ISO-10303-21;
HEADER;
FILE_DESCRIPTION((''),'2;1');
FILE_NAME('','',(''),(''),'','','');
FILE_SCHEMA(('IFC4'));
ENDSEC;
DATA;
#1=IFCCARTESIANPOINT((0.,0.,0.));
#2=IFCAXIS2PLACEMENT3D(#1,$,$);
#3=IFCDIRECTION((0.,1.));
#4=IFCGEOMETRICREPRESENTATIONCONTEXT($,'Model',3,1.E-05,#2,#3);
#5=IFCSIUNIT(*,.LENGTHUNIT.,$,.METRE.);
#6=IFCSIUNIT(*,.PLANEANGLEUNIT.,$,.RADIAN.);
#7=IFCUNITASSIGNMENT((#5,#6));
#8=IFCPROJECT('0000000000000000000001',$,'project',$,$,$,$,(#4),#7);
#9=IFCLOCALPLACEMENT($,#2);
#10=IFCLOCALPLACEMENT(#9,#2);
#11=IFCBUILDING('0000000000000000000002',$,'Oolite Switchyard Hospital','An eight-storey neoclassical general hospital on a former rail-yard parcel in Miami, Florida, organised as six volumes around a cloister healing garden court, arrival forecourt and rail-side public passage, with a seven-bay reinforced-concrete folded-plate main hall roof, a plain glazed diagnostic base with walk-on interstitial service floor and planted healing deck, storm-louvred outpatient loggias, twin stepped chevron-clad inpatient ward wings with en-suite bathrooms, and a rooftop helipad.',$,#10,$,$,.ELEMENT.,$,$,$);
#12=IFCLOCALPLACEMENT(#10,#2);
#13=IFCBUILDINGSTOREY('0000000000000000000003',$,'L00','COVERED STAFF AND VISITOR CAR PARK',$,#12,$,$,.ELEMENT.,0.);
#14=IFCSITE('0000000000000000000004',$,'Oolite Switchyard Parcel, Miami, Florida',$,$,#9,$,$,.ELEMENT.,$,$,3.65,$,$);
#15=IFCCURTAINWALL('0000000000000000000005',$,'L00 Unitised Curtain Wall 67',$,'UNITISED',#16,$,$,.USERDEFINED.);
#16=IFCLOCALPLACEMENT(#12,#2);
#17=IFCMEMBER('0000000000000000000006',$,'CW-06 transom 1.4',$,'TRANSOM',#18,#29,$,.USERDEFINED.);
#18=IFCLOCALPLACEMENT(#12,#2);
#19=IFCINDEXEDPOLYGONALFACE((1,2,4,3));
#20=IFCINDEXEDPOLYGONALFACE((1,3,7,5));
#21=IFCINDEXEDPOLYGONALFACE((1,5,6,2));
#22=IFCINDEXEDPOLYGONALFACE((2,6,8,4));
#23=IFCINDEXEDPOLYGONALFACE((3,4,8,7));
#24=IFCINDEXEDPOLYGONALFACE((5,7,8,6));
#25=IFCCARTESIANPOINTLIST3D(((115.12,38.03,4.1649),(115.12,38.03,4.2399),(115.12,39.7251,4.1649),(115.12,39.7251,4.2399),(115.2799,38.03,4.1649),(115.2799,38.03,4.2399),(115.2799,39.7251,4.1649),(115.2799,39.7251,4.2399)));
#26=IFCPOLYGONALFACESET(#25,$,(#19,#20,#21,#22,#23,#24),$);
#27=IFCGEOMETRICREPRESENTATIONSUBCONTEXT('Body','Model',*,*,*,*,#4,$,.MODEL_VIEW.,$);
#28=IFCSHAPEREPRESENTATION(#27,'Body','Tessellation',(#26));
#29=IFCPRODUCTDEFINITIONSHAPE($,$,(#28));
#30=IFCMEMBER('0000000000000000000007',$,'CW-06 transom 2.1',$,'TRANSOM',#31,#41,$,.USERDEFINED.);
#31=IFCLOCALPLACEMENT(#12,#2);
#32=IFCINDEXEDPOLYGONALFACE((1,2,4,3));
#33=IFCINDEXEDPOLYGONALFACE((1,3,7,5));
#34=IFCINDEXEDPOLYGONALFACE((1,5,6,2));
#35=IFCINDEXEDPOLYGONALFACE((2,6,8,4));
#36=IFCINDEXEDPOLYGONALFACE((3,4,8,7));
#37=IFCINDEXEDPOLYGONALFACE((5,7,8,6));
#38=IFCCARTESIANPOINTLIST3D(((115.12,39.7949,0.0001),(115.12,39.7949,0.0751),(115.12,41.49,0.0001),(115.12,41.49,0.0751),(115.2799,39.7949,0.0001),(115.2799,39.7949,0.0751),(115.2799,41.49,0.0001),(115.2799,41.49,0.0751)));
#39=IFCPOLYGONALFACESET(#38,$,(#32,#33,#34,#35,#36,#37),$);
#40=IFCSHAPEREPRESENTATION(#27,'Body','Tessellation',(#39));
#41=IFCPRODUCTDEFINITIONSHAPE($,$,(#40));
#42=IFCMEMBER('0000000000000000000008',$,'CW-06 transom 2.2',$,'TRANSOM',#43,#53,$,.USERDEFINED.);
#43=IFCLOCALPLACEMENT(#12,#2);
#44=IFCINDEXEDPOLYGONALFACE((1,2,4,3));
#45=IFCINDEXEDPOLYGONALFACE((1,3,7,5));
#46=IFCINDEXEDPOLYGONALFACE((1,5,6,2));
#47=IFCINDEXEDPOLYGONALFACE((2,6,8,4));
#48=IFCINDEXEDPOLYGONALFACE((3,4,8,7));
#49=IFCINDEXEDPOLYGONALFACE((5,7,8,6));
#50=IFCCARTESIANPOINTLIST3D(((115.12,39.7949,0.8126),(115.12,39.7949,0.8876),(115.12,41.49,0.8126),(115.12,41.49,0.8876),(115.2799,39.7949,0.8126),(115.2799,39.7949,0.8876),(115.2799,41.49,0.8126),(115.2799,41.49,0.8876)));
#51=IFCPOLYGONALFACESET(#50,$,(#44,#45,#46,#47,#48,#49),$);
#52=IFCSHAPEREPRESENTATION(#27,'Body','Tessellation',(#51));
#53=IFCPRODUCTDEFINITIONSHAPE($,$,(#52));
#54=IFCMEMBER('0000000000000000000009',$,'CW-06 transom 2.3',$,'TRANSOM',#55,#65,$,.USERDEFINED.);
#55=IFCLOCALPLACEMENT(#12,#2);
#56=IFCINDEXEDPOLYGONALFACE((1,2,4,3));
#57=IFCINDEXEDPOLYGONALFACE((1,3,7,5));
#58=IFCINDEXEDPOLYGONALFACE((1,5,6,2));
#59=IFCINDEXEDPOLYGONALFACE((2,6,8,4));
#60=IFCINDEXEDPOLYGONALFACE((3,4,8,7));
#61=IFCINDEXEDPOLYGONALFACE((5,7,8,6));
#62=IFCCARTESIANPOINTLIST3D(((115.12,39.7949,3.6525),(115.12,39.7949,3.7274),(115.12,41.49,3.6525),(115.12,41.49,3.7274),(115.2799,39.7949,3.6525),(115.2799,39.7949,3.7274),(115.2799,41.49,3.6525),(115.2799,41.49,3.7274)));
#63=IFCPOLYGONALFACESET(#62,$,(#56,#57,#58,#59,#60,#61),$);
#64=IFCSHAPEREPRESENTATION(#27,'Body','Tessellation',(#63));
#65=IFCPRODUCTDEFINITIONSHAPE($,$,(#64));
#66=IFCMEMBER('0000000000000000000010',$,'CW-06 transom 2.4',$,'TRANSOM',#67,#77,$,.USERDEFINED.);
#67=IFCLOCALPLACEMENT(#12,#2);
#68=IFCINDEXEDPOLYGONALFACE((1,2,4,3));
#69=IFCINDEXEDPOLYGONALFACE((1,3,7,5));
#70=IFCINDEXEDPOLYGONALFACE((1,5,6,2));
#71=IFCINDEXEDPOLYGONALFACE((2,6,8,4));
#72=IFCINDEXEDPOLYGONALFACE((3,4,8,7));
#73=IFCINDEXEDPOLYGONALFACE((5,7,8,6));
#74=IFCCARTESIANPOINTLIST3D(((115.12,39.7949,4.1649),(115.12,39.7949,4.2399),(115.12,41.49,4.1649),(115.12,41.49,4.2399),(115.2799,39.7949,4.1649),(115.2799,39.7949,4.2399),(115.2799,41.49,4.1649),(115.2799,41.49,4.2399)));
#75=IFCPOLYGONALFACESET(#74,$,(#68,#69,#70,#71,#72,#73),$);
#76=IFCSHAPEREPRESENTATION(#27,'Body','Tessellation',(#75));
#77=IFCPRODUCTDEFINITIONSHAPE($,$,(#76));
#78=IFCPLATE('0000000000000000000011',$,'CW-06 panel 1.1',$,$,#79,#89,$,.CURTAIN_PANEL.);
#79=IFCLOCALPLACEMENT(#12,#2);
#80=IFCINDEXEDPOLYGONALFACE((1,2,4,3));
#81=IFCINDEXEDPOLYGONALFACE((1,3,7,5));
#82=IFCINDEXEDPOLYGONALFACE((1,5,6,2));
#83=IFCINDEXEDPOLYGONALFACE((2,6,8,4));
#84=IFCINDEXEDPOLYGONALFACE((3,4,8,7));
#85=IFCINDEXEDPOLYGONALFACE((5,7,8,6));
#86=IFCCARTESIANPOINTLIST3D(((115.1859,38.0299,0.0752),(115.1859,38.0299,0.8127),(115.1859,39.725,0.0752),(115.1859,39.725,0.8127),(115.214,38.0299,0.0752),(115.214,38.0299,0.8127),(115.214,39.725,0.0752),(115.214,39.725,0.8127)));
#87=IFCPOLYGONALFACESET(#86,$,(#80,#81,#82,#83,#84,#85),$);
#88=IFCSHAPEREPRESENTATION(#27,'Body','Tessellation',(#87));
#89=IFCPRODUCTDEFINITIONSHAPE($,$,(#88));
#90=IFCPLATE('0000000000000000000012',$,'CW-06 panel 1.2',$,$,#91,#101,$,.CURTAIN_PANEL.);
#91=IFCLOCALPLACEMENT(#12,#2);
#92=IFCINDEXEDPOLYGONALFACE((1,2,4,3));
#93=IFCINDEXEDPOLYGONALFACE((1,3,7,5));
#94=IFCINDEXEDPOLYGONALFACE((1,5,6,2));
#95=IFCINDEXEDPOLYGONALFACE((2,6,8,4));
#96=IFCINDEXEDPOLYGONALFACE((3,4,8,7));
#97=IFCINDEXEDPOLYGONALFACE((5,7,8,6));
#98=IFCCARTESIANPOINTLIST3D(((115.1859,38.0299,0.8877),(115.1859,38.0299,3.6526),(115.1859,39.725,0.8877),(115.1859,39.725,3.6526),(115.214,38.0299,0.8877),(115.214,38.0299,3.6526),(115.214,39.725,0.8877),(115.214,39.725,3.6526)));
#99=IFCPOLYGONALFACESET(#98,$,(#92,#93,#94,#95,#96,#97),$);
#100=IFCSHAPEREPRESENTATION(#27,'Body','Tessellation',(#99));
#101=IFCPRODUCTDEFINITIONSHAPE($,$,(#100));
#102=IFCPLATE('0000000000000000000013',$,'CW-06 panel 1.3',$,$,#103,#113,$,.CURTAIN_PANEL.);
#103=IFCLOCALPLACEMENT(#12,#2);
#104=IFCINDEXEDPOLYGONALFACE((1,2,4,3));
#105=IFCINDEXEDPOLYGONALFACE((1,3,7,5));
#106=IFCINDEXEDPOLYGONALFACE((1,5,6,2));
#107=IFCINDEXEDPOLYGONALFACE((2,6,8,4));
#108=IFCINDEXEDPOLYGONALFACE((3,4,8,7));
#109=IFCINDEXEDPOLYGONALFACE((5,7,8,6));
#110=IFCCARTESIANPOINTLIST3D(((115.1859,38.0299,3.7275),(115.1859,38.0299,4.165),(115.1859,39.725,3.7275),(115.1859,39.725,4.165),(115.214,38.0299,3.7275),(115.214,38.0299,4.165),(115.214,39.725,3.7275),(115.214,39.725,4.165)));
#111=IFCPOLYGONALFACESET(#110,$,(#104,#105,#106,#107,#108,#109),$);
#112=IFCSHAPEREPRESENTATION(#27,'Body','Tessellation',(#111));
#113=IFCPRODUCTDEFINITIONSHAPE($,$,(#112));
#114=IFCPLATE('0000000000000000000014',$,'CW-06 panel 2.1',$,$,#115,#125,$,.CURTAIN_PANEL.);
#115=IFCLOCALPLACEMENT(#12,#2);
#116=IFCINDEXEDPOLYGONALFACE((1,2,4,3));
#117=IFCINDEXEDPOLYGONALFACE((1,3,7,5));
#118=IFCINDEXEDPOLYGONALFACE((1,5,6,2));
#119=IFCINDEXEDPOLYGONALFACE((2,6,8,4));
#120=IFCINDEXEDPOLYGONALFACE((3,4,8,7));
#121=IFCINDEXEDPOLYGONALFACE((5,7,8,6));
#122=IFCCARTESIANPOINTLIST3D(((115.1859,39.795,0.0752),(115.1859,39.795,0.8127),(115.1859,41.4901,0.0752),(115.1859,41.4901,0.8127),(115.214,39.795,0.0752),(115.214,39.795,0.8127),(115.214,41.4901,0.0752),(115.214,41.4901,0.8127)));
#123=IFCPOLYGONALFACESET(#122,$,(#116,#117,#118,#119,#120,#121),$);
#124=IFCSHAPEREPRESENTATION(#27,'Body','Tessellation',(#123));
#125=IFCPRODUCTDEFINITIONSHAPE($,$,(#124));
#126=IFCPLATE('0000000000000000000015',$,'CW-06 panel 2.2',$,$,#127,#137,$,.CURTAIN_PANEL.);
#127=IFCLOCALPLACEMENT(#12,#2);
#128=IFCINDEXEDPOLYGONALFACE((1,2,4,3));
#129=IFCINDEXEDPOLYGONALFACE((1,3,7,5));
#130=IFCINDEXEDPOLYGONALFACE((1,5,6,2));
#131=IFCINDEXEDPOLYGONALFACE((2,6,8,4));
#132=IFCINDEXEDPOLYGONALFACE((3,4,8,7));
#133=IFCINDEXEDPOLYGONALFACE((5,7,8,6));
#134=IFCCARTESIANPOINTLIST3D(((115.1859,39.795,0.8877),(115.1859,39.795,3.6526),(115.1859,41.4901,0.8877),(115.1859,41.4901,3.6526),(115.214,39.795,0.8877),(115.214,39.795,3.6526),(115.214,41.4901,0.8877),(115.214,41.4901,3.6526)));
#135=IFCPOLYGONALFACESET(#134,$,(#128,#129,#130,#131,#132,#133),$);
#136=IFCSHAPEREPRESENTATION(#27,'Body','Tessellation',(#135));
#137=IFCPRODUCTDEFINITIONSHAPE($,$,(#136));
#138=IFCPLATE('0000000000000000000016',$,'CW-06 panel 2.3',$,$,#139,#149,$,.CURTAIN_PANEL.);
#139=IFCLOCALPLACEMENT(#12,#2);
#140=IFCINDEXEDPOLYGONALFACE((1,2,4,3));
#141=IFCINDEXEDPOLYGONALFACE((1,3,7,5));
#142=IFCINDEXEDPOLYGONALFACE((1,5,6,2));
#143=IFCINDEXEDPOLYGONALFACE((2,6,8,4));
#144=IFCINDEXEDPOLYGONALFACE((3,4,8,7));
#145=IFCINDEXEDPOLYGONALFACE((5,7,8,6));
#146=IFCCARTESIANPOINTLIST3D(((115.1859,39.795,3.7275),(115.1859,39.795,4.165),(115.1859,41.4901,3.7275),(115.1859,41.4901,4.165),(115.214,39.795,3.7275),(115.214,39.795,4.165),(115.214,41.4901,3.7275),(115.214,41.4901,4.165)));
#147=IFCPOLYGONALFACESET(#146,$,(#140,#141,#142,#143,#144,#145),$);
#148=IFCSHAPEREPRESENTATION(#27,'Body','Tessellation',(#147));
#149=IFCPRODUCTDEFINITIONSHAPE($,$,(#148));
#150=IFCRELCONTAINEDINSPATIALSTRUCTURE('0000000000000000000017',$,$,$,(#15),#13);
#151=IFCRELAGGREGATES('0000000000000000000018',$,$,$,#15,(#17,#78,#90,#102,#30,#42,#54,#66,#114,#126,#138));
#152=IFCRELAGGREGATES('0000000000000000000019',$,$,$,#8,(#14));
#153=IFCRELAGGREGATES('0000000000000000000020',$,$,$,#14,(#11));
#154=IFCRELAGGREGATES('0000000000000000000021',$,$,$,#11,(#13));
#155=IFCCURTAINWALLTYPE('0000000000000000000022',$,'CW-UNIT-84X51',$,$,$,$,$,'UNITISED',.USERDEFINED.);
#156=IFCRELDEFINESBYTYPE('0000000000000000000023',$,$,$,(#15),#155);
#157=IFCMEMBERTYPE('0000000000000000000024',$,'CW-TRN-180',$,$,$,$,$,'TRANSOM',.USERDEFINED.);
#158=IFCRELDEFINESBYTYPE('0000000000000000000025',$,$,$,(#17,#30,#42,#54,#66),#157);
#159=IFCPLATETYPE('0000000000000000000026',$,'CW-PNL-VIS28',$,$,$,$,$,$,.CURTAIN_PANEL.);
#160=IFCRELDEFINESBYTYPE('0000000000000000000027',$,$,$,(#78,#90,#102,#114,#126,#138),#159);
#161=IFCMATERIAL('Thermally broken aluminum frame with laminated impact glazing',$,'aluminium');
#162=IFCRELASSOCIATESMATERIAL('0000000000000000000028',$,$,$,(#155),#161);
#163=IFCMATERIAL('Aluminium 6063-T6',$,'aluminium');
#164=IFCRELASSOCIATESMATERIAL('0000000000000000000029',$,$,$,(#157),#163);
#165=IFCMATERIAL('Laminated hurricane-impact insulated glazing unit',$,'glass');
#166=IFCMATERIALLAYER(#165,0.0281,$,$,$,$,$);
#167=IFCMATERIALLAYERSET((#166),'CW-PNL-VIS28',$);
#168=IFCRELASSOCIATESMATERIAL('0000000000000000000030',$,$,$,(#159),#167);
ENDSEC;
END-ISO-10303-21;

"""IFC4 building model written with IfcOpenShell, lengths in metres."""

from ifc_helpers import new_model, si_unit, direction, frame, origin, origin_2d, place, context, subcontext, project, spatial, rectangle, extrude, material, layer, layer_set, material_profile, profile_set, type_object, element, aggregate, save


model = new_model("IFC4")

# Units and contexts
model_context = context("Model", 3, precision=1e-05, world=origin(), true_north=direction((0.0, 1.0)))
body_context = subcontext(model_context, "Body", "Model", "MODEL_VIEW")
ifc_project = project(units=[si_unit("LENGTHUNIT", "METRE"), si_unit("PLANEANGLEUNIT", "RADIAN")], contexts=[model_context])

# Site, building, storey
site_placement = place(None, origin())
site = spatial("IfcSite", under=ifc_project, at=site_placement, Name="Oolite Switchyard Parcel, Miami, Florida", CompositionType="ELEMENT", RefElevation=3.65)
building_placement = place(site_placement, origin())
building = spatial("IfcBuilding", under=site, at=building_placement, Name="Oolite Switchyard Hospital", Description="An eight-storey neoclassical general hospital on a former rail-yard parcel in Miami, Florida, organised as six volumes around a cloister healing garden court, arrival forecourt and rail-side public passage, with a seven-bay reinforced-concrete folded-plate main hall roof, a plain glazed diagnostic base with walk-on interstitial service floor and planted healing deck, storm-louvred outpatient loggias, twin stepped chevron-clad inpatient ward wings with en-suite bathrooms, and a rooftop helipad.", CompositionType="ELEMENT")
storey_placement = place(building_placement, origin())
storey = spatial("IfcBuildingStorey", under=building, at=storey_placement, Name="L00", Description="COVERED STAFF AND VISITOR CAR PARK", CompositionType="ELEMENT", Elevation=0.0)

# Curtain wall, members, plates
ifc_material_1 = material(Name="Thermally broken aluminum frame with laminated impact glazing", Category="aluminium")
curtain_wall_type = type_object("IfcCurtainWallType", Name="CW-UNIT-84X51", ElementType="UNITISED", PredefinedType="USERDEFINED", material=ifc_material_1)
curtain_wall_placement = place(storey_placement, origin())
curtain_wall = element("IfcCurtainWall", 1, at=curtain_wall_placement, inside=storey, type_object=curtain_wall_type, Name="L00 Unitised Curtain Wall 67", ObjectType="UNITISED", PredefinedType="USERDEFINED")
ifc_material_2 = material(Name="Aluminium 6063-T6", Category="aluminium")
ifc_material_profile_1 = material_profile(ifc_material_2, rectangle(XDim=0.1599, YDim=0.075, at=origin_2d()), Name="CWT75X160")
ifc_profile_set_1 = profile_set([ifc_material_profile_1], Name="Aluminium 6063-T6")
member_type_1 = type_object("IfcMemberType", Name="CW-TRN-180", ElementType="TRANSOM", PredefinedType="USERDEFINED", material=ifc_profile_set_1)
member_1_placement = place(storey_placement, frame((115.2, 38.03, 4.2024), z_axis=(0.0, 1.0, 0.0), x_axis=(-1.0, 0.0, 0.0)))
member_1 = element("IfcMember", 2, at=member_1_placement, type_object=member_type_1, Name="CW-06 transom 1.4", ObjectType="TRANSOM", PredefinedType="USERDEFINED", context=body_context, shape_type="SweptSolid", body=[
    extrude(rectangle(XDim=0.1599, YDim=0.075, at=origin_2d()), origin(), (0.0, 0.0, 1.0), 1.6951),
])
member_2_placement = place(storey_placement, frame((115.2, 39.7949, 0.0376), z_axis=(0.0, 1.0, 0.0), x_axis=(-1.0, 0.0, 0.0)))
member_2 = element("IfcMember", 3, at=member_2_placement, type_object=member_type_1, Name="CW-06 transom 2.1", ObjectType="TRANSOM", PredefinedType="USERDEFINED", context=body_context, shape_type="SweptSolid", body=[
    extrude(rectangle(XDim=0.1599, YDim=0.075, at=origin_2d()), origin(), (0.0, 0.0, 1.0), 1.6951),
])
member_3_placement = place(storey_placement, frame((115.2, 39.7949, 0.8501), z_axis=(0.0, 1.0, 0.0), x_axis=(-1.0, 0.0, 0.0)))
member_3 = element("IfcMember", 4, at=member_3_placement, type_object=member_type_1, Name="CW-06 transom 2.2", ObjectType="TRANSOM", PredefinedType="USERDEFINED", context=body_context, shape_type="SweptSolid", body=[
    extrude(rectangle(XDim=0.1599, YDim=0.075, at=origin_2d()), origin(), (0.0, 0.0, 1.0), 1.6951),
])
member_4_placement = place(storey_placement, frame((115.2, 39.7949, 3.6899), z_axis=(0.0, 1.0, 0.0), x_axis=(-1.0, 0.0, 0.0)))
member_4 = element("IfcMember", 5, at=member_4_placement, type_object=member_type_1, Name="CW-06 transom 2.3", ObjectType="TRANSOM", PredefinedType="USERDEFINED", context=body_context, shape_type="SweptSolid", body=[
    extrude(rectangle(XDim=0.1599, YDim=0.075, at=origin_2d()), origin(), (0.0, 0.0, 1.0), 1.6951),
])
member_5_placement = place(storey_placement, frame((115.2, 39.7949, 4.2024), z_axis=(0.0, 1.0, 0.0), x_axis=(-1.0, 0.0, 0.0)))
member_5 = element("IfcMember", 6, at=member_5_placement, type_object=member_type_1, Name="CW-06 transom 2.4", ObjectType="TRANSOM", PredefinedType="USERDEFINED", context=body_context, shape_type="SweptSolid", body=[
    extrude(rectangle(XDim=0.1599, YDim=0.075, at=origin_2d()), origin(), (0.0, 0.0, 1.0), 1.6951),
])
ifc_material_3 = material(Name="Laminated hurricane-impact insulated glazing unit", Category="glass")
ifc_layer = layer(ifc_material_3, 0.0281)
ifc_layer_set = layer_set([ifc_layer], Name="CW-PNL-VIS28")
plate_type = type_object("IfcPlateType", Name="CW-PNL-VIS28", PredefinedType="CURTAIN_PANEL", material=ifc_layer_set)
plate_1_placement = place(storey_placement, frame((115.2, 38.8774, 0.0752), z_axis=(0.0, 0.0, 1.0), x_axis=(0.0, 1.0, 0.0)))
plate_1 = element("IfcPlate", 7, at=plate_1_placement, type_object=plate_type, Name="CW-06 panel 1.1", PredefinedType="CURTAIN_PANEL", context=body_context, shape_type="SweptSolid", body=[
    extrude(rectangle(XDim=1.6951, YDim=0.0281, at=origin_2d()), origin(), (0.0, 0.0, 1.0), 0.7375),
])
plate_2_placement = place(storey_placement, frame((115.2, 38.8774, 0.8877), z_axis=(0.0, 0.0, 1.0), x_axis=(0.0, 1.0, 0.0)))
plate_2 = element("IfcPlate", 8, at=plate_2_placement, type_object=plate_type, Name="CW-06 panel 1.2", PredefinedType="CURTAIN_PANEL", context=body_context, shape_type="SweptSolid", body=[
    extrude(rectangle(XDim=1.6951, YDim=0.0281, at=origin_2d()), origin(), (0.0, 0.0, 1.0), 2.7649),
])
plate_3_placement = place(storey_placement, frame((115.2, 38.8774, 3.7275), z_axis=(0.0, 0.0, 1.0), x_axis=(0.0, 1.0, 0.0)))
plate_3 = element("IfcPlate", 9, at=plate_3_placement, type_object=plate_type, Name="CW-06 panel 1.3", PredefinedType="CURTAIN_PANEL", context=body_context, shape_type="SweptSolid", body=[
    extrude(rectangle(XDim=1.6951, YDim=0.0281, at=origin_2d()), origin(), (0.0, 0.0, 1.0), 0.4375),
])
plate_4_placement = place(storey_placement, frame((115.2, 40.6426, 0.0752), z_axis=(0.0, 0.0, 1.0), x_axis=(0.0, 1.0, 0.0)))
plate_4 = element("IfcPlate", 10, at=plate_4_placement, type_object=plate_type, Name="CW-06 panel 2.1", PredefinedType="CURTAIN_PANEL", context=body_context, shape_type="SweptSolid", body=[
    extrude(rectangle(XDim=1.6951, YDim=0.0281, at=origin_2d()), origin(), (0.0, 0.0, 1.0), 0.7375),
])
plate_5_placement = place(storey_placement, frame((115.2, 40.6426, 0.8877), z_axis=(0.0, 0.0, 1.0), x_axis=(0.0, 1.0, 0.0)))
plate_5 = element("IfcPlate", 11, at=plate_5_placement, type_object=plate_type, Name="CW-06 panel 2.2", PredefinedType="CURTAIN_PANEL", context=body_context, shape_type="SweptSolid", body=[
    extrude(rectangle(XDim=1.6951, YDim=0.0281, at=origin_2d()), origin(), (0.0, 0.0, 1.0), 2.7649),
])
plate_6_placement = place(storey_placement, frame((115.2, 40.6426, 3.7275), z_axis=(0.0, 0.0, 1.0), x_axis=(0.0, 1.0, 0.0)))
plate_6 = element("IfcPlate", 12, at=plate_6_placement, type_object=plate_type, Name="CW-06 panel 2.3", PredefinedType="CURTAIN_PANEL", context=body_context, shape_type="SweptSolid", body=[
    extrude(rectangle(XDim=1.6951, YDim=0.0281, at=origin_2d()), origin(), (0.0, 0.0, 1.0), 0.4375),
])
aggregate(curtain_wall, [member_1, plate_1, plate_2, plate_3, member_2, member_3, member_4, member_5, plate_4, plate_5, plate_6])

save(model, "model.ifc")
